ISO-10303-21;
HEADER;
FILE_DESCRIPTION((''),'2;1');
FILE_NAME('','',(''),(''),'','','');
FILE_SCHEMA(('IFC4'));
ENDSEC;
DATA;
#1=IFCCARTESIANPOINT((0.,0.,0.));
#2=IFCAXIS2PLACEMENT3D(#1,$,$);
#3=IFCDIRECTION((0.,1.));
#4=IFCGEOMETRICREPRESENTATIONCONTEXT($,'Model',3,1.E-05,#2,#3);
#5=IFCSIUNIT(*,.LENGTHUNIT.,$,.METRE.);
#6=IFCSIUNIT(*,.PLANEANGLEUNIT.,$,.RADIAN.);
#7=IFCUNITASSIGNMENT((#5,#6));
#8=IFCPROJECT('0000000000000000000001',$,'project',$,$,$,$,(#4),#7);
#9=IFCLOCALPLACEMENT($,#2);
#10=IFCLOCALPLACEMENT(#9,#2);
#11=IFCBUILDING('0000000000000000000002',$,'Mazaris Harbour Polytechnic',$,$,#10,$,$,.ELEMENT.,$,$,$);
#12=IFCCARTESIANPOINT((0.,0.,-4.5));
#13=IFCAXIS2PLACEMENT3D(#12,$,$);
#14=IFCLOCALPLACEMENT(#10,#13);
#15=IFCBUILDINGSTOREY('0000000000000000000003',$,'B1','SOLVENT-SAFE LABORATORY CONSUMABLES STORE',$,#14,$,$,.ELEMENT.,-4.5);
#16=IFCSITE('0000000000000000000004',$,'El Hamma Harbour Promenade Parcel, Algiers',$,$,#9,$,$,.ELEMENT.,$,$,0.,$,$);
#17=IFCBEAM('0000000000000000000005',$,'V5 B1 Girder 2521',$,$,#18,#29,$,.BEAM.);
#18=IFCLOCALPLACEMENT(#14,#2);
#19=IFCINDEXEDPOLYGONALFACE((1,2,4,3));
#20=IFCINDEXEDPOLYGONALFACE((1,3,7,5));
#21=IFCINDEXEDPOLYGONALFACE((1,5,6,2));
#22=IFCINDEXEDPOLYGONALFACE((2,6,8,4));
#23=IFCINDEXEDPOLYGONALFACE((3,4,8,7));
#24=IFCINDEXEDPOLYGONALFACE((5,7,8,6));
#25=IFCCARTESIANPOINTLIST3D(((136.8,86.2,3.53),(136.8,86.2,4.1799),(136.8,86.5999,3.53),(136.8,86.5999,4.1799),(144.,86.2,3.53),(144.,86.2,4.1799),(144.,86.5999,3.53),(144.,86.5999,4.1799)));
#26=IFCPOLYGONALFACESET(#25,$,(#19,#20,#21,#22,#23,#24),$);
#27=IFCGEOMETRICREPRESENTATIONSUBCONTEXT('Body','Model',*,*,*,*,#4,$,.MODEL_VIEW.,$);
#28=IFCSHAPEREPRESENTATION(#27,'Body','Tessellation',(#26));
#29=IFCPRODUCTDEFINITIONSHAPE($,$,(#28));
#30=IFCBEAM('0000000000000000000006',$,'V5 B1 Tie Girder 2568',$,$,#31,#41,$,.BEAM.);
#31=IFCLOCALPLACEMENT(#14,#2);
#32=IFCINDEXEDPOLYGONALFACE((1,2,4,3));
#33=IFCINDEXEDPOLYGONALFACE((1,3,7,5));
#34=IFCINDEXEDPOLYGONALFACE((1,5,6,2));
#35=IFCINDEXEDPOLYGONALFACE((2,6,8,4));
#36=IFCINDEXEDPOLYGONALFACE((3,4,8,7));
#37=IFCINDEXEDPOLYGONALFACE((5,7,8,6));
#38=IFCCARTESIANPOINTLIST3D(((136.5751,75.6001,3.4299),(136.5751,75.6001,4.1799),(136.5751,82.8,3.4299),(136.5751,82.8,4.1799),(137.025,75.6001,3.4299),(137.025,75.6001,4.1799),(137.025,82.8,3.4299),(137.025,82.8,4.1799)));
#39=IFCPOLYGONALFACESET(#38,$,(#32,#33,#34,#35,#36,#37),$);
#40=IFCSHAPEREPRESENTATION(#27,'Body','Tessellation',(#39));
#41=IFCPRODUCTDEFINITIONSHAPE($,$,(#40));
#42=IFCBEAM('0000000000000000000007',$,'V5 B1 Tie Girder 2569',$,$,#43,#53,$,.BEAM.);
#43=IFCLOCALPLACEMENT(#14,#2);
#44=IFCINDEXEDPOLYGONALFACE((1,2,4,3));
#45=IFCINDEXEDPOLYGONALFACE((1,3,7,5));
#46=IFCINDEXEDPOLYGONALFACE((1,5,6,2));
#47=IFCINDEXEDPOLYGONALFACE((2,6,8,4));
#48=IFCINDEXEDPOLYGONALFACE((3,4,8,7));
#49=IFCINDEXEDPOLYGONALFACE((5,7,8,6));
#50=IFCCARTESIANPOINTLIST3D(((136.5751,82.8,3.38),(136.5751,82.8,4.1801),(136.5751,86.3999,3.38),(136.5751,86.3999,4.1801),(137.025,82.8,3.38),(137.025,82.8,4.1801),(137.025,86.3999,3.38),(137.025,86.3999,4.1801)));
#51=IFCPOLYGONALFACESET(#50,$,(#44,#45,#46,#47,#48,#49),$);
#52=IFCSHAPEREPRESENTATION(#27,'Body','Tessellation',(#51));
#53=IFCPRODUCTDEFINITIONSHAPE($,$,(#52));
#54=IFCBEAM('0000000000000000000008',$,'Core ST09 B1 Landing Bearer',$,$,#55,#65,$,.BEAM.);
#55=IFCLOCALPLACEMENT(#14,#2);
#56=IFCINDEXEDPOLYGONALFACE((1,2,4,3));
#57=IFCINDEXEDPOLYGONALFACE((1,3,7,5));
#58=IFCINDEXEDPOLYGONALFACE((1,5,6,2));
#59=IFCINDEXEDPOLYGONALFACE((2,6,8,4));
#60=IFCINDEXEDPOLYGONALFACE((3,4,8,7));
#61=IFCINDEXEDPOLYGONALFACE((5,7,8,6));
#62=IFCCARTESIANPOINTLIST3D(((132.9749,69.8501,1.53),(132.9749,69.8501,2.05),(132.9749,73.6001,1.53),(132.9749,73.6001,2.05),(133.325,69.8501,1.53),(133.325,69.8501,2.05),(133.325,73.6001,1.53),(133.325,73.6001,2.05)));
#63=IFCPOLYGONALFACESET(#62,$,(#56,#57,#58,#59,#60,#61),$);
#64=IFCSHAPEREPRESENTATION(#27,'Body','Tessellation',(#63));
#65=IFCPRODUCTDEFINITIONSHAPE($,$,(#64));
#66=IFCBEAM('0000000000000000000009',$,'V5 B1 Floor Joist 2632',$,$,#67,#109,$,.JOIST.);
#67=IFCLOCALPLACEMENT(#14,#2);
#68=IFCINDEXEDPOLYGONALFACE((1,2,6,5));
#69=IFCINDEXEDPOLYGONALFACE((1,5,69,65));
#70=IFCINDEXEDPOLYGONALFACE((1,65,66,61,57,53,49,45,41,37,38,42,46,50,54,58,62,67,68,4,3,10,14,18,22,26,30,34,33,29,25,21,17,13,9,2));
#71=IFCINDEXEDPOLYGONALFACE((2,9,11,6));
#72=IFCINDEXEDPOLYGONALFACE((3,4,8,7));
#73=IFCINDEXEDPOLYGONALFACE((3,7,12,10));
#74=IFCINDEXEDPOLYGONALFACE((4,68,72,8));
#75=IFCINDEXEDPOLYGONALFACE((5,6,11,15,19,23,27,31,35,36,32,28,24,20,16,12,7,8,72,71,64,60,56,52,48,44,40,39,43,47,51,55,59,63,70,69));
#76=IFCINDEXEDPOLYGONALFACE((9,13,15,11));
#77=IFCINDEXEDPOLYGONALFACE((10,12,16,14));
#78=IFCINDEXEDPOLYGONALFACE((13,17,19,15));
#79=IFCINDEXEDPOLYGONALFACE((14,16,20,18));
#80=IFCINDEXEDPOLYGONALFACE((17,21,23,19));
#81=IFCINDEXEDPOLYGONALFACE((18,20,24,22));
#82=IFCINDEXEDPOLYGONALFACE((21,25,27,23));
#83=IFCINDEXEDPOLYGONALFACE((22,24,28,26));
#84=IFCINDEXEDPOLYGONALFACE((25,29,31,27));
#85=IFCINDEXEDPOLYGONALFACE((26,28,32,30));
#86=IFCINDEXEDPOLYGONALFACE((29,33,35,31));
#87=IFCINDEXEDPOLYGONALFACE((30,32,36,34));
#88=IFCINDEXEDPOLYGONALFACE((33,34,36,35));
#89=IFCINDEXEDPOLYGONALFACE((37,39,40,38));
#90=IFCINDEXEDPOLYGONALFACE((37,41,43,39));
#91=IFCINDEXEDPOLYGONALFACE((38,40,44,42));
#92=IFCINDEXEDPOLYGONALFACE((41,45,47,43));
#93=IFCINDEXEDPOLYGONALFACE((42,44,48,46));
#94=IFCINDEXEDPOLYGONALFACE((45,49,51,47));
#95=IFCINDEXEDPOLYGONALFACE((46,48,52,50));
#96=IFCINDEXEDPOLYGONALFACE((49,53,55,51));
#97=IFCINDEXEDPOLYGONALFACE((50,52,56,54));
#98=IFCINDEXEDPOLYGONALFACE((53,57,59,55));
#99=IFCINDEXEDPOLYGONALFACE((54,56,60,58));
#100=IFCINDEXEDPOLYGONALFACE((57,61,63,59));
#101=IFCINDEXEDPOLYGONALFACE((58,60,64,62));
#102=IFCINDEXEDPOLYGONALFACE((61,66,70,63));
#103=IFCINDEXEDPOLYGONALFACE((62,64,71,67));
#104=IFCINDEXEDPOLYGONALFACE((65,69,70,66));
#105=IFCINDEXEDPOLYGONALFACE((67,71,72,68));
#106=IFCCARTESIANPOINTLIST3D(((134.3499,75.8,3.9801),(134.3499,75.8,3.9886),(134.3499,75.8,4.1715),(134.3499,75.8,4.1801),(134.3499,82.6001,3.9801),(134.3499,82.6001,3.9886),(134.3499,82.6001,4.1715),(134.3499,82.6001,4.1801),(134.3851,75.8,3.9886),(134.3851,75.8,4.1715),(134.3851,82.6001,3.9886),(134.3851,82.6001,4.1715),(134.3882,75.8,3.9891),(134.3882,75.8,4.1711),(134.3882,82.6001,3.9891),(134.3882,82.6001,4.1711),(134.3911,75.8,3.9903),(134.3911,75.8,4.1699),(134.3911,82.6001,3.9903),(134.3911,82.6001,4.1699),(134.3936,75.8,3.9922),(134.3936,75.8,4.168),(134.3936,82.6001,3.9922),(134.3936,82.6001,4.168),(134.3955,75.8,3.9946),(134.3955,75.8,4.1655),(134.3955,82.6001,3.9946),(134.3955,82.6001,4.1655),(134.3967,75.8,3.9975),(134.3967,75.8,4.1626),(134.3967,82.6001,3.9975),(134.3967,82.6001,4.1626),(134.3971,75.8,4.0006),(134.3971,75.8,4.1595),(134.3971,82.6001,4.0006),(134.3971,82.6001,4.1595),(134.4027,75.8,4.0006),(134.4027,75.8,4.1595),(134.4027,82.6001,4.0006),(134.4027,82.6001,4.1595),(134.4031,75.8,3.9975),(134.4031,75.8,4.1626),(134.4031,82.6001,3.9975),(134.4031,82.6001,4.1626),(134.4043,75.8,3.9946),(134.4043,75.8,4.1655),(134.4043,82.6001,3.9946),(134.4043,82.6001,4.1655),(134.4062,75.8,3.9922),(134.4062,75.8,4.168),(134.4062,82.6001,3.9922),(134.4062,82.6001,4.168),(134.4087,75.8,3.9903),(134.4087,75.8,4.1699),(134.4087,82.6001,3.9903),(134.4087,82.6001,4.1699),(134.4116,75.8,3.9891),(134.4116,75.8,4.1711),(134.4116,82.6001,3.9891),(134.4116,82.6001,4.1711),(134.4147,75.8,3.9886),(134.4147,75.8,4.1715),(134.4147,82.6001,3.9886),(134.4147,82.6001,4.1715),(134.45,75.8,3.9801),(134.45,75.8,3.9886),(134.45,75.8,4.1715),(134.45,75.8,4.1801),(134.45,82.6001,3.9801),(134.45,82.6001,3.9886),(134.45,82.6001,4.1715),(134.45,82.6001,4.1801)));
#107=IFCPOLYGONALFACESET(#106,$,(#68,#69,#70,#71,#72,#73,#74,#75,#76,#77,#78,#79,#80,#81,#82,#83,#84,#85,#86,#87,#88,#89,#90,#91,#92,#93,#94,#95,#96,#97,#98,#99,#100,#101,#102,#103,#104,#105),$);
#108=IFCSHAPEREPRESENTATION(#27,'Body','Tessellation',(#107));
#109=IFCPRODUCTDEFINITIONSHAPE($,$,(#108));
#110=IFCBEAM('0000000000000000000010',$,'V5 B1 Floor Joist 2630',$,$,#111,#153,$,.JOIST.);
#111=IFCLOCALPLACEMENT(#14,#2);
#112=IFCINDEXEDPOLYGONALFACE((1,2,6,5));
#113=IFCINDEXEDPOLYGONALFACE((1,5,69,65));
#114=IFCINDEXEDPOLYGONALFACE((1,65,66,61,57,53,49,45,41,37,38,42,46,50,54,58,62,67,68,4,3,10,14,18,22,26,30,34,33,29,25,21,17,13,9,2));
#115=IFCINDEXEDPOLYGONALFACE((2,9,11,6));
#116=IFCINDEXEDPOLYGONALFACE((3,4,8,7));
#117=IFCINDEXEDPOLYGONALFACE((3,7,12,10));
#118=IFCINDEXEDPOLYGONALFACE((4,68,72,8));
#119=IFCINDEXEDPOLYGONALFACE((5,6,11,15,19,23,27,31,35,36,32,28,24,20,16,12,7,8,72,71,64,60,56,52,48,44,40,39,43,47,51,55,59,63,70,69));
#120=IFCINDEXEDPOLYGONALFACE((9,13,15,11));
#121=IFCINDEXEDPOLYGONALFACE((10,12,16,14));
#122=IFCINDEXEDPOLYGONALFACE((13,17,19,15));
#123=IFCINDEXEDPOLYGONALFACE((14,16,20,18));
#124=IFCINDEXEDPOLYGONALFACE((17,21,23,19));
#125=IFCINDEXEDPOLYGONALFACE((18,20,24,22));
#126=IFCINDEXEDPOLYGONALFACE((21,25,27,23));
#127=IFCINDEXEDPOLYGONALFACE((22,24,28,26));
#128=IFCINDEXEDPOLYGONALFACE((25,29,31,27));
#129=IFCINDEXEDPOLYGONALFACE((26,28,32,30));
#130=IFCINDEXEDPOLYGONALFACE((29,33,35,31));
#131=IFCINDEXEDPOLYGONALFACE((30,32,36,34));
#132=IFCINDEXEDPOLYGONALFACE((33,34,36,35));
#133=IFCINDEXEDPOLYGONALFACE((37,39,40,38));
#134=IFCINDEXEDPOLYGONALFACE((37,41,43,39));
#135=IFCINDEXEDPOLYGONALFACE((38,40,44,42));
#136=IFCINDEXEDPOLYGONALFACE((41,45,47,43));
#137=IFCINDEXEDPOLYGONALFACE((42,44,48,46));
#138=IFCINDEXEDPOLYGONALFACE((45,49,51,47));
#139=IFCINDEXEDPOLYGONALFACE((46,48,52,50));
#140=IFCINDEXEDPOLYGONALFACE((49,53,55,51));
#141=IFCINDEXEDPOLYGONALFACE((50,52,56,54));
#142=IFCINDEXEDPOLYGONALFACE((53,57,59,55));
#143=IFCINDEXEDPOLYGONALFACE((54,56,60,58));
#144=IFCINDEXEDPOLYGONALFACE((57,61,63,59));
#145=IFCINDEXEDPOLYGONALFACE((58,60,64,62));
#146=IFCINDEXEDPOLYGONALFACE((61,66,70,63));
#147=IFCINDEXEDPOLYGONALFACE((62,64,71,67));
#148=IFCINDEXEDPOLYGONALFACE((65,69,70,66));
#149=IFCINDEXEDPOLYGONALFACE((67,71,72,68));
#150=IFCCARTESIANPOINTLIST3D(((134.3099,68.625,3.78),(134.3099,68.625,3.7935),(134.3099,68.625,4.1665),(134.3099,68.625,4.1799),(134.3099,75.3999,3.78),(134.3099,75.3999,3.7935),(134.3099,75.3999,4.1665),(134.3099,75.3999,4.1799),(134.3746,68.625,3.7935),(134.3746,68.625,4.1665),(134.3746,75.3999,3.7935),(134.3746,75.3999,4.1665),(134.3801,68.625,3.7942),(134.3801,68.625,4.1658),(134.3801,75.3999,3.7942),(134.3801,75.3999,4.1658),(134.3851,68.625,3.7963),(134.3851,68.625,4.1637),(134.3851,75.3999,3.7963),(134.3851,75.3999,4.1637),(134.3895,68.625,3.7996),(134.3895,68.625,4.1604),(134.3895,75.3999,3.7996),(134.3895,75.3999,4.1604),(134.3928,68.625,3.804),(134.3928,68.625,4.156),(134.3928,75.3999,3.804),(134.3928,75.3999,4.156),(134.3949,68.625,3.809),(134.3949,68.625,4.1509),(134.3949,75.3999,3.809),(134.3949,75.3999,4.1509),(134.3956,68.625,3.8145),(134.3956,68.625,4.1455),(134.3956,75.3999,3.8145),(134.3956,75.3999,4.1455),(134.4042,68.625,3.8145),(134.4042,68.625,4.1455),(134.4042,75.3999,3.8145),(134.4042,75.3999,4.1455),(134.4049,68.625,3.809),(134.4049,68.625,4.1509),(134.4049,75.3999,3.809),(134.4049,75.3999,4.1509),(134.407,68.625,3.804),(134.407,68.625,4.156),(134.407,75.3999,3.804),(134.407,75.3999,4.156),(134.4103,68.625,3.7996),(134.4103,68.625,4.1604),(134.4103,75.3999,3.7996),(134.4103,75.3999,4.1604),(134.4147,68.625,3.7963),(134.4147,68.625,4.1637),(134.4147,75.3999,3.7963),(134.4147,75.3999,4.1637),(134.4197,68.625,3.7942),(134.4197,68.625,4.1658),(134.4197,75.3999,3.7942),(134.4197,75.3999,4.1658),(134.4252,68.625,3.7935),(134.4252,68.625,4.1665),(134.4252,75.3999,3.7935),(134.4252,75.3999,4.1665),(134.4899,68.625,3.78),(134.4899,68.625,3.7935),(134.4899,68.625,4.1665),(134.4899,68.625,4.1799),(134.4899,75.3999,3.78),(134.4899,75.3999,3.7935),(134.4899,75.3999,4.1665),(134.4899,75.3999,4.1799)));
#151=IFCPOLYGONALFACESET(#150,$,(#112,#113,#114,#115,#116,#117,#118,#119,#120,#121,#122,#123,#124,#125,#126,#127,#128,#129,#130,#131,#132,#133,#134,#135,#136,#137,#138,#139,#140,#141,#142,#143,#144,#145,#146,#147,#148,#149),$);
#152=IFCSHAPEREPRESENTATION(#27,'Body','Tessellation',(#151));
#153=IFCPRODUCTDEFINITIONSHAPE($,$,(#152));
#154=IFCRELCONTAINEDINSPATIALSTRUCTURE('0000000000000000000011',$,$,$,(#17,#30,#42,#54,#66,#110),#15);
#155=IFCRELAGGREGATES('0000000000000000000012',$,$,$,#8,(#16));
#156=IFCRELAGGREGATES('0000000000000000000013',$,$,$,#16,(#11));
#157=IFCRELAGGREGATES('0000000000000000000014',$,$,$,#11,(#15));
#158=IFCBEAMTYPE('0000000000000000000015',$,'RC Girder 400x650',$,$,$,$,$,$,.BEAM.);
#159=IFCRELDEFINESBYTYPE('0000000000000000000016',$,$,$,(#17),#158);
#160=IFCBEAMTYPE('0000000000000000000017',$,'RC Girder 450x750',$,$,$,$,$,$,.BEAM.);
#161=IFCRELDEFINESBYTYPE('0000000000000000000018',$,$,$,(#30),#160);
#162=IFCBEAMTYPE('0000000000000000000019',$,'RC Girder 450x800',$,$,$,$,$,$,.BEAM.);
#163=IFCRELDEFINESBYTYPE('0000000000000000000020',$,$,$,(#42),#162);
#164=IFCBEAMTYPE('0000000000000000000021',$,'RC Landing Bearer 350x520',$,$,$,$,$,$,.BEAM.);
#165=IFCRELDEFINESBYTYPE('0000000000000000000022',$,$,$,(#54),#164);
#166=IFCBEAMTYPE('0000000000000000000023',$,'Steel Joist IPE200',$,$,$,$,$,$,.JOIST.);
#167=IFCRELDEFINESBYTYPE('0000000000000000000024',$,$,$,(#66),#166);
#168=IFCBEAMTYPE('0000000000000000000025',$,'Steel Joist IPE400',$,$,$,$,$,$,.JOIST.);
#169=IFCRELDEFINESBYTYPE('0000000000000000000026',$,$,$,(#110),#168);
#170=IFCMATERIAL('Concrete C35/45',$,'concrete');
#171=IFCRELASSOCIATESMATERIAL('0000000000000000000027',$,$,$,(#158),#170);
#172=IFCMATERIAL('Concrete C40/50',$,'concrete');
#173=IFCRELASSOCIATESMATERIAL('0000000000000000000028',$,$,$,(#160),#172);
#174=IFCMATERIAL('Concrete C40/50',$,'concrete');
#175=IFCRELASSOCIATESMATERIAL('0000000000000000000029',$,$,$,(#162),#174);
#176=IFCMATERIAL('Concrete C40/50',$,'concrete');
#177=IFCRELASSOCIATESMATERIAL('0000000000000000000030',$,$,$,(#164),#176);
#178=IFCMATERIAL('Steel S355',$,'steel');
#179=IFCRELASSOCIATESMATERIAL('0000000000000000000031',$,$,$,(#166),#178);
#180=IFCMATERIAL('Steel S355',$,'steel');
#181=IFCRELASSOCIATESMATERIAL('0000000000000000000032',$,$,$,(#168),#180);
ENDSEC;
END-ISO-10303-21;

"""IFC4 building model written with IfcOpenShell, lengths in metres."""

from ifc_helpers import new_model, si_unit, direction, frame, origin, origin_2d, place, context, subcontext, project, spatial, rectangle, i_section, extrude, material, material_profile, profile_set, type_object, element, save


model = new_model("IFC4")

# Units and contexts
model_context = context("Model", 3, precision=1e-05, world=origin(), true_north=direction((0.0, 1.0)))
body_context = subcontext(model_context, "Body", "Model", "MODEL_VIEW")
ifc_project = project(units=[si_unit("LENGTHUNIT", "METRE"), si_unit("PLANEANGLEUNIT", "RADIAN")], contexts=[model_context])

# Site, building, storey
site_placement = place(None, origin())
site = spatial("IfcSite", under=ifc_project, at=site_placement, Name="El Hamma Harbour Promenade Parcel, Algiers", CompositionType="ELEMENT", RefElevation=0.0)
building_placement = place(site_placement, origin())
building = spatial("IfcBuilding", under=site, at=building_placement, Name="Mazaris Harbour Polytechnic", CompositionType="ELEMENT")
storey_placement = place(building_placement, frame((0.0, 0.0, -4.5)))
storey = spatial("IfcBuildingStorey", under=building, at=storey_placement, Name="B1", Description="SOLVENT-SAFE LABORATORY CONSUMABLES STORE", CompositionType="ELEMENT", Elevation=-4.5)

# Beams
ifc_material_1 = material(Name="Concrete C35/45", Category="concrete")
ifc_material_profile_1 = material_profile(ifc_material_1, rectangle(XDim=0.3999, YDim=0.6499, at=origin_2d()), Name="RECT400x650")
ifc_profile_set_1 = profile_set([ifc_material_profile_1], Name="Concrete C35/45")
beam_type_1 = type_object("IfcBeamType", Name="RC Girder 400x650", PredefinedType="BEAM", material=ifc_profile_set_1)
beam_1_placement = place(storey_placement, frame((136.8, 86.3999, 3.855), z_axis=(1.0, 0.0, 0.0), x_axis=(0.0, 1.0, 0.0)))
element("IfcBeam", 1, at=beam_1_placement, inside=storey, type_object=beam_type_1, Name="V5 B1 Girder 2521", PredefinedType="BEAM", context=body_context, shape_type="SweptSolid", body=[
    extrude(rectangle(XDim=0.3999, YDim=0.6499, at=origin_2d()), origin(), (0.0, 0.0, 1.0), 7.2),
])
ifc_material_2 = material(Name="Concrete C40/50", Category="concrete")
ifc_material_profile_2 = material_profile(ifc_material_2, rectangle(XDim=0.45, YDim=0.75, at=origin_2d()), Name="RECT450x750")
ifc_profile_set_2 = profile_set([ifc_material_profile_2], Name="Concrete C40/50")
beam_type_2 = type_object("IfcBeamType", Name="RC Girder 450x750", PredefinedType="BEAM", material=ifc_profile_set_2)
beam_2_placement = place(storey_placement, frame((136.8, 75.6001, 3.8049), z_axis=(0.0, 1.0, 0.0), x_axis=(-1.0, 0.0, 0.0)))
element("IfcBeam", 2, at=beam_2_placement, inside=storey, type_object=beam_type_2, Name="V5 B1 Tie Girder 2568", PredefinedType="BEAM", context=body_context, shape_type="SweptSolid", body=[
    extrude(rectangle(XDim=0.45, YDim=0.75, at=origin_2d()), origin(), (0.0, 0.0, 1.0), 7.2),
])
ifc_material_3 = material(Name="Concrete C40/50", Category="concrete")
ifc_material_profile_3 = material_profile(ifc_material_3, rectangle(XDim=0.45, YDim=0.8, at=origin_2d()), Name="RECT450x800")
ifc_profile_set_3 = profile_set([ifc_material_profile_3], Name="Concrete C40/50")
beam_type_3 = type_object("IfcBeamType", Name="RC Girder 450x800", PredefinedType="BEAM", material=ifc_profile_set_3)
beam_3_placement = place(storey_placement, frame((136.8, 82.8, 3.78), z_axis=(0.0, 1.0, 0.0), x_axis=(-1.0, 0.0, 0.0)))
element("IfcBeam", 3, at=beam_3_placement, inside=storey, type_object=beam_type_3, Name="V5 B1 Tie Girder 2569", PredefinedType="BEAM", context=body_context, shape_type="SweptSolid", body=[
    extrude(rectangle(XDim=0.45, YDim=0.8, at=origin_2d()), origin(), (0.0, 0.0, 1.0), 3.5999),
])
ifc_material_4 = material(Name="Concrete C40/50", Category="concrete")
ifc_material_profile_4 = material_profile(ifc_material_4, rectangle(XDim=0.3501, YDim=0.52, at=origin_2d()), Name="RECT350x520")
ifc_profile_set_4 = profile_set([ifc_material_profile_4], Name="Concrete C40/50")
beam_type_4 = type_object("IfcBeamType", Name="RC Landing Bearer 350x520", PredefinedType="BEAM", material=ifc_profile_set_4)
beam_4_placement = place(storey_placement, frame((133.1499, 69.8501, 1.79), z_axis=(0.0, 1.0, 0.0), x_axis=(-1.0, 0.0, 0.0)))
element("IfcBeam", 4, at=beam_4_placement, inside=storey, type_object=beam_type_4, Name="Core ST09 B1 Landing Bearer", PredefinedType="BEAM", context=body_context, shape_type="SweptSolid", body=[
    extrude(rectangle(XDim=0.3501, YDim=0.52, at=origin_2d()), origin(), (0.0, 0.0, 1.0), 3.75),
])
ifc_material_5 = material(Name="Steel S355", Category="steel")
ifc_material_profile_5 = material_profile(ifc_material_5, i_section(OverallWidth=0.1001, OverallDepth=0.2, WebThickness=0.0056, FlangeThickness=0.0085, FilletRadius=0.012, at=origin_2d()), Name="IPE 200")
ifc_profile_set_5 = profile_set([ifc_material_profile_5], Name="Steel S355")
beam_type_5 = type_object("IfcBeamType", Name="Steel Joist IPE200", PredefinedType="JOIST", material=ifc_profile_set_5)
beam_5_placement = place(storey_placement, frame((134.3999, 75.8, 4.0801), z_axis=(0.0, 1.0, 0.0), x_axis=(-1.0, 0.0, 0.0)))
element("IfcBeam", 5, at=beam_5_placement, inside=storey, type_object=beam_type_5, Name="V5 B1 Floor Joist 2632", PredefinedType="JOIST", context=body_context, shape_type="SweptSolid", body=[
    extrude(i_section(OverallWidth=0.1001, OverallDepth=0.2, WebThickness=0.0056, FlangeThickness=0.0085, FilletRadius=0.012, at=origin_2d()), origin(), (0.0, 0.0, 1.0), 6.8),
])
ifc_material_6 = material(Name="Steel S355", Category="steel")
ifc_material_profile_6 = material_profile(ifc_material_6, i_section(OverallWidth=0.1799, OverallDepth=0.3999, WebThickness=0.0085, FlangeThickness=0.0134, FilletRadius=0.021, at=origin_2d()), Name="IPE 400")
ifc_profile_set_6 = profile_set([ifc_material_profile_6], Name="Steel S355")
beam_type_6 = type_object("IfcBeamType", Name="Steel Joist IPE400", PredefinedType="JOIST", material=ifc_profile_set_6)
beam_6_placement = place(storey_placement, frame((134.3999, 68.625, 3.98), z_axis=(0.0, 1.0, 0.0), x_axis=(-1.0, 0.0, 0.0)))
element("IfcBeam", 6, at=beam_6_placement, inside=storey, type_object=beam_type_6, Name="V5 B1 Floor Joist 2630", PredefinedType="JOIST", context=body_context, shape_type="SweptSolid", body=[
    extrude(i_section(OverallWidth=0.1799, OverallDepth=0.3999, WebThickness=0.0085, FlangeThickness=0.0134, FilletRadius=0.021, at=origin_2d()), origin(), (0.0, 0.0, 1.0), 6.7749),
])

save(model, "model.ifc")
